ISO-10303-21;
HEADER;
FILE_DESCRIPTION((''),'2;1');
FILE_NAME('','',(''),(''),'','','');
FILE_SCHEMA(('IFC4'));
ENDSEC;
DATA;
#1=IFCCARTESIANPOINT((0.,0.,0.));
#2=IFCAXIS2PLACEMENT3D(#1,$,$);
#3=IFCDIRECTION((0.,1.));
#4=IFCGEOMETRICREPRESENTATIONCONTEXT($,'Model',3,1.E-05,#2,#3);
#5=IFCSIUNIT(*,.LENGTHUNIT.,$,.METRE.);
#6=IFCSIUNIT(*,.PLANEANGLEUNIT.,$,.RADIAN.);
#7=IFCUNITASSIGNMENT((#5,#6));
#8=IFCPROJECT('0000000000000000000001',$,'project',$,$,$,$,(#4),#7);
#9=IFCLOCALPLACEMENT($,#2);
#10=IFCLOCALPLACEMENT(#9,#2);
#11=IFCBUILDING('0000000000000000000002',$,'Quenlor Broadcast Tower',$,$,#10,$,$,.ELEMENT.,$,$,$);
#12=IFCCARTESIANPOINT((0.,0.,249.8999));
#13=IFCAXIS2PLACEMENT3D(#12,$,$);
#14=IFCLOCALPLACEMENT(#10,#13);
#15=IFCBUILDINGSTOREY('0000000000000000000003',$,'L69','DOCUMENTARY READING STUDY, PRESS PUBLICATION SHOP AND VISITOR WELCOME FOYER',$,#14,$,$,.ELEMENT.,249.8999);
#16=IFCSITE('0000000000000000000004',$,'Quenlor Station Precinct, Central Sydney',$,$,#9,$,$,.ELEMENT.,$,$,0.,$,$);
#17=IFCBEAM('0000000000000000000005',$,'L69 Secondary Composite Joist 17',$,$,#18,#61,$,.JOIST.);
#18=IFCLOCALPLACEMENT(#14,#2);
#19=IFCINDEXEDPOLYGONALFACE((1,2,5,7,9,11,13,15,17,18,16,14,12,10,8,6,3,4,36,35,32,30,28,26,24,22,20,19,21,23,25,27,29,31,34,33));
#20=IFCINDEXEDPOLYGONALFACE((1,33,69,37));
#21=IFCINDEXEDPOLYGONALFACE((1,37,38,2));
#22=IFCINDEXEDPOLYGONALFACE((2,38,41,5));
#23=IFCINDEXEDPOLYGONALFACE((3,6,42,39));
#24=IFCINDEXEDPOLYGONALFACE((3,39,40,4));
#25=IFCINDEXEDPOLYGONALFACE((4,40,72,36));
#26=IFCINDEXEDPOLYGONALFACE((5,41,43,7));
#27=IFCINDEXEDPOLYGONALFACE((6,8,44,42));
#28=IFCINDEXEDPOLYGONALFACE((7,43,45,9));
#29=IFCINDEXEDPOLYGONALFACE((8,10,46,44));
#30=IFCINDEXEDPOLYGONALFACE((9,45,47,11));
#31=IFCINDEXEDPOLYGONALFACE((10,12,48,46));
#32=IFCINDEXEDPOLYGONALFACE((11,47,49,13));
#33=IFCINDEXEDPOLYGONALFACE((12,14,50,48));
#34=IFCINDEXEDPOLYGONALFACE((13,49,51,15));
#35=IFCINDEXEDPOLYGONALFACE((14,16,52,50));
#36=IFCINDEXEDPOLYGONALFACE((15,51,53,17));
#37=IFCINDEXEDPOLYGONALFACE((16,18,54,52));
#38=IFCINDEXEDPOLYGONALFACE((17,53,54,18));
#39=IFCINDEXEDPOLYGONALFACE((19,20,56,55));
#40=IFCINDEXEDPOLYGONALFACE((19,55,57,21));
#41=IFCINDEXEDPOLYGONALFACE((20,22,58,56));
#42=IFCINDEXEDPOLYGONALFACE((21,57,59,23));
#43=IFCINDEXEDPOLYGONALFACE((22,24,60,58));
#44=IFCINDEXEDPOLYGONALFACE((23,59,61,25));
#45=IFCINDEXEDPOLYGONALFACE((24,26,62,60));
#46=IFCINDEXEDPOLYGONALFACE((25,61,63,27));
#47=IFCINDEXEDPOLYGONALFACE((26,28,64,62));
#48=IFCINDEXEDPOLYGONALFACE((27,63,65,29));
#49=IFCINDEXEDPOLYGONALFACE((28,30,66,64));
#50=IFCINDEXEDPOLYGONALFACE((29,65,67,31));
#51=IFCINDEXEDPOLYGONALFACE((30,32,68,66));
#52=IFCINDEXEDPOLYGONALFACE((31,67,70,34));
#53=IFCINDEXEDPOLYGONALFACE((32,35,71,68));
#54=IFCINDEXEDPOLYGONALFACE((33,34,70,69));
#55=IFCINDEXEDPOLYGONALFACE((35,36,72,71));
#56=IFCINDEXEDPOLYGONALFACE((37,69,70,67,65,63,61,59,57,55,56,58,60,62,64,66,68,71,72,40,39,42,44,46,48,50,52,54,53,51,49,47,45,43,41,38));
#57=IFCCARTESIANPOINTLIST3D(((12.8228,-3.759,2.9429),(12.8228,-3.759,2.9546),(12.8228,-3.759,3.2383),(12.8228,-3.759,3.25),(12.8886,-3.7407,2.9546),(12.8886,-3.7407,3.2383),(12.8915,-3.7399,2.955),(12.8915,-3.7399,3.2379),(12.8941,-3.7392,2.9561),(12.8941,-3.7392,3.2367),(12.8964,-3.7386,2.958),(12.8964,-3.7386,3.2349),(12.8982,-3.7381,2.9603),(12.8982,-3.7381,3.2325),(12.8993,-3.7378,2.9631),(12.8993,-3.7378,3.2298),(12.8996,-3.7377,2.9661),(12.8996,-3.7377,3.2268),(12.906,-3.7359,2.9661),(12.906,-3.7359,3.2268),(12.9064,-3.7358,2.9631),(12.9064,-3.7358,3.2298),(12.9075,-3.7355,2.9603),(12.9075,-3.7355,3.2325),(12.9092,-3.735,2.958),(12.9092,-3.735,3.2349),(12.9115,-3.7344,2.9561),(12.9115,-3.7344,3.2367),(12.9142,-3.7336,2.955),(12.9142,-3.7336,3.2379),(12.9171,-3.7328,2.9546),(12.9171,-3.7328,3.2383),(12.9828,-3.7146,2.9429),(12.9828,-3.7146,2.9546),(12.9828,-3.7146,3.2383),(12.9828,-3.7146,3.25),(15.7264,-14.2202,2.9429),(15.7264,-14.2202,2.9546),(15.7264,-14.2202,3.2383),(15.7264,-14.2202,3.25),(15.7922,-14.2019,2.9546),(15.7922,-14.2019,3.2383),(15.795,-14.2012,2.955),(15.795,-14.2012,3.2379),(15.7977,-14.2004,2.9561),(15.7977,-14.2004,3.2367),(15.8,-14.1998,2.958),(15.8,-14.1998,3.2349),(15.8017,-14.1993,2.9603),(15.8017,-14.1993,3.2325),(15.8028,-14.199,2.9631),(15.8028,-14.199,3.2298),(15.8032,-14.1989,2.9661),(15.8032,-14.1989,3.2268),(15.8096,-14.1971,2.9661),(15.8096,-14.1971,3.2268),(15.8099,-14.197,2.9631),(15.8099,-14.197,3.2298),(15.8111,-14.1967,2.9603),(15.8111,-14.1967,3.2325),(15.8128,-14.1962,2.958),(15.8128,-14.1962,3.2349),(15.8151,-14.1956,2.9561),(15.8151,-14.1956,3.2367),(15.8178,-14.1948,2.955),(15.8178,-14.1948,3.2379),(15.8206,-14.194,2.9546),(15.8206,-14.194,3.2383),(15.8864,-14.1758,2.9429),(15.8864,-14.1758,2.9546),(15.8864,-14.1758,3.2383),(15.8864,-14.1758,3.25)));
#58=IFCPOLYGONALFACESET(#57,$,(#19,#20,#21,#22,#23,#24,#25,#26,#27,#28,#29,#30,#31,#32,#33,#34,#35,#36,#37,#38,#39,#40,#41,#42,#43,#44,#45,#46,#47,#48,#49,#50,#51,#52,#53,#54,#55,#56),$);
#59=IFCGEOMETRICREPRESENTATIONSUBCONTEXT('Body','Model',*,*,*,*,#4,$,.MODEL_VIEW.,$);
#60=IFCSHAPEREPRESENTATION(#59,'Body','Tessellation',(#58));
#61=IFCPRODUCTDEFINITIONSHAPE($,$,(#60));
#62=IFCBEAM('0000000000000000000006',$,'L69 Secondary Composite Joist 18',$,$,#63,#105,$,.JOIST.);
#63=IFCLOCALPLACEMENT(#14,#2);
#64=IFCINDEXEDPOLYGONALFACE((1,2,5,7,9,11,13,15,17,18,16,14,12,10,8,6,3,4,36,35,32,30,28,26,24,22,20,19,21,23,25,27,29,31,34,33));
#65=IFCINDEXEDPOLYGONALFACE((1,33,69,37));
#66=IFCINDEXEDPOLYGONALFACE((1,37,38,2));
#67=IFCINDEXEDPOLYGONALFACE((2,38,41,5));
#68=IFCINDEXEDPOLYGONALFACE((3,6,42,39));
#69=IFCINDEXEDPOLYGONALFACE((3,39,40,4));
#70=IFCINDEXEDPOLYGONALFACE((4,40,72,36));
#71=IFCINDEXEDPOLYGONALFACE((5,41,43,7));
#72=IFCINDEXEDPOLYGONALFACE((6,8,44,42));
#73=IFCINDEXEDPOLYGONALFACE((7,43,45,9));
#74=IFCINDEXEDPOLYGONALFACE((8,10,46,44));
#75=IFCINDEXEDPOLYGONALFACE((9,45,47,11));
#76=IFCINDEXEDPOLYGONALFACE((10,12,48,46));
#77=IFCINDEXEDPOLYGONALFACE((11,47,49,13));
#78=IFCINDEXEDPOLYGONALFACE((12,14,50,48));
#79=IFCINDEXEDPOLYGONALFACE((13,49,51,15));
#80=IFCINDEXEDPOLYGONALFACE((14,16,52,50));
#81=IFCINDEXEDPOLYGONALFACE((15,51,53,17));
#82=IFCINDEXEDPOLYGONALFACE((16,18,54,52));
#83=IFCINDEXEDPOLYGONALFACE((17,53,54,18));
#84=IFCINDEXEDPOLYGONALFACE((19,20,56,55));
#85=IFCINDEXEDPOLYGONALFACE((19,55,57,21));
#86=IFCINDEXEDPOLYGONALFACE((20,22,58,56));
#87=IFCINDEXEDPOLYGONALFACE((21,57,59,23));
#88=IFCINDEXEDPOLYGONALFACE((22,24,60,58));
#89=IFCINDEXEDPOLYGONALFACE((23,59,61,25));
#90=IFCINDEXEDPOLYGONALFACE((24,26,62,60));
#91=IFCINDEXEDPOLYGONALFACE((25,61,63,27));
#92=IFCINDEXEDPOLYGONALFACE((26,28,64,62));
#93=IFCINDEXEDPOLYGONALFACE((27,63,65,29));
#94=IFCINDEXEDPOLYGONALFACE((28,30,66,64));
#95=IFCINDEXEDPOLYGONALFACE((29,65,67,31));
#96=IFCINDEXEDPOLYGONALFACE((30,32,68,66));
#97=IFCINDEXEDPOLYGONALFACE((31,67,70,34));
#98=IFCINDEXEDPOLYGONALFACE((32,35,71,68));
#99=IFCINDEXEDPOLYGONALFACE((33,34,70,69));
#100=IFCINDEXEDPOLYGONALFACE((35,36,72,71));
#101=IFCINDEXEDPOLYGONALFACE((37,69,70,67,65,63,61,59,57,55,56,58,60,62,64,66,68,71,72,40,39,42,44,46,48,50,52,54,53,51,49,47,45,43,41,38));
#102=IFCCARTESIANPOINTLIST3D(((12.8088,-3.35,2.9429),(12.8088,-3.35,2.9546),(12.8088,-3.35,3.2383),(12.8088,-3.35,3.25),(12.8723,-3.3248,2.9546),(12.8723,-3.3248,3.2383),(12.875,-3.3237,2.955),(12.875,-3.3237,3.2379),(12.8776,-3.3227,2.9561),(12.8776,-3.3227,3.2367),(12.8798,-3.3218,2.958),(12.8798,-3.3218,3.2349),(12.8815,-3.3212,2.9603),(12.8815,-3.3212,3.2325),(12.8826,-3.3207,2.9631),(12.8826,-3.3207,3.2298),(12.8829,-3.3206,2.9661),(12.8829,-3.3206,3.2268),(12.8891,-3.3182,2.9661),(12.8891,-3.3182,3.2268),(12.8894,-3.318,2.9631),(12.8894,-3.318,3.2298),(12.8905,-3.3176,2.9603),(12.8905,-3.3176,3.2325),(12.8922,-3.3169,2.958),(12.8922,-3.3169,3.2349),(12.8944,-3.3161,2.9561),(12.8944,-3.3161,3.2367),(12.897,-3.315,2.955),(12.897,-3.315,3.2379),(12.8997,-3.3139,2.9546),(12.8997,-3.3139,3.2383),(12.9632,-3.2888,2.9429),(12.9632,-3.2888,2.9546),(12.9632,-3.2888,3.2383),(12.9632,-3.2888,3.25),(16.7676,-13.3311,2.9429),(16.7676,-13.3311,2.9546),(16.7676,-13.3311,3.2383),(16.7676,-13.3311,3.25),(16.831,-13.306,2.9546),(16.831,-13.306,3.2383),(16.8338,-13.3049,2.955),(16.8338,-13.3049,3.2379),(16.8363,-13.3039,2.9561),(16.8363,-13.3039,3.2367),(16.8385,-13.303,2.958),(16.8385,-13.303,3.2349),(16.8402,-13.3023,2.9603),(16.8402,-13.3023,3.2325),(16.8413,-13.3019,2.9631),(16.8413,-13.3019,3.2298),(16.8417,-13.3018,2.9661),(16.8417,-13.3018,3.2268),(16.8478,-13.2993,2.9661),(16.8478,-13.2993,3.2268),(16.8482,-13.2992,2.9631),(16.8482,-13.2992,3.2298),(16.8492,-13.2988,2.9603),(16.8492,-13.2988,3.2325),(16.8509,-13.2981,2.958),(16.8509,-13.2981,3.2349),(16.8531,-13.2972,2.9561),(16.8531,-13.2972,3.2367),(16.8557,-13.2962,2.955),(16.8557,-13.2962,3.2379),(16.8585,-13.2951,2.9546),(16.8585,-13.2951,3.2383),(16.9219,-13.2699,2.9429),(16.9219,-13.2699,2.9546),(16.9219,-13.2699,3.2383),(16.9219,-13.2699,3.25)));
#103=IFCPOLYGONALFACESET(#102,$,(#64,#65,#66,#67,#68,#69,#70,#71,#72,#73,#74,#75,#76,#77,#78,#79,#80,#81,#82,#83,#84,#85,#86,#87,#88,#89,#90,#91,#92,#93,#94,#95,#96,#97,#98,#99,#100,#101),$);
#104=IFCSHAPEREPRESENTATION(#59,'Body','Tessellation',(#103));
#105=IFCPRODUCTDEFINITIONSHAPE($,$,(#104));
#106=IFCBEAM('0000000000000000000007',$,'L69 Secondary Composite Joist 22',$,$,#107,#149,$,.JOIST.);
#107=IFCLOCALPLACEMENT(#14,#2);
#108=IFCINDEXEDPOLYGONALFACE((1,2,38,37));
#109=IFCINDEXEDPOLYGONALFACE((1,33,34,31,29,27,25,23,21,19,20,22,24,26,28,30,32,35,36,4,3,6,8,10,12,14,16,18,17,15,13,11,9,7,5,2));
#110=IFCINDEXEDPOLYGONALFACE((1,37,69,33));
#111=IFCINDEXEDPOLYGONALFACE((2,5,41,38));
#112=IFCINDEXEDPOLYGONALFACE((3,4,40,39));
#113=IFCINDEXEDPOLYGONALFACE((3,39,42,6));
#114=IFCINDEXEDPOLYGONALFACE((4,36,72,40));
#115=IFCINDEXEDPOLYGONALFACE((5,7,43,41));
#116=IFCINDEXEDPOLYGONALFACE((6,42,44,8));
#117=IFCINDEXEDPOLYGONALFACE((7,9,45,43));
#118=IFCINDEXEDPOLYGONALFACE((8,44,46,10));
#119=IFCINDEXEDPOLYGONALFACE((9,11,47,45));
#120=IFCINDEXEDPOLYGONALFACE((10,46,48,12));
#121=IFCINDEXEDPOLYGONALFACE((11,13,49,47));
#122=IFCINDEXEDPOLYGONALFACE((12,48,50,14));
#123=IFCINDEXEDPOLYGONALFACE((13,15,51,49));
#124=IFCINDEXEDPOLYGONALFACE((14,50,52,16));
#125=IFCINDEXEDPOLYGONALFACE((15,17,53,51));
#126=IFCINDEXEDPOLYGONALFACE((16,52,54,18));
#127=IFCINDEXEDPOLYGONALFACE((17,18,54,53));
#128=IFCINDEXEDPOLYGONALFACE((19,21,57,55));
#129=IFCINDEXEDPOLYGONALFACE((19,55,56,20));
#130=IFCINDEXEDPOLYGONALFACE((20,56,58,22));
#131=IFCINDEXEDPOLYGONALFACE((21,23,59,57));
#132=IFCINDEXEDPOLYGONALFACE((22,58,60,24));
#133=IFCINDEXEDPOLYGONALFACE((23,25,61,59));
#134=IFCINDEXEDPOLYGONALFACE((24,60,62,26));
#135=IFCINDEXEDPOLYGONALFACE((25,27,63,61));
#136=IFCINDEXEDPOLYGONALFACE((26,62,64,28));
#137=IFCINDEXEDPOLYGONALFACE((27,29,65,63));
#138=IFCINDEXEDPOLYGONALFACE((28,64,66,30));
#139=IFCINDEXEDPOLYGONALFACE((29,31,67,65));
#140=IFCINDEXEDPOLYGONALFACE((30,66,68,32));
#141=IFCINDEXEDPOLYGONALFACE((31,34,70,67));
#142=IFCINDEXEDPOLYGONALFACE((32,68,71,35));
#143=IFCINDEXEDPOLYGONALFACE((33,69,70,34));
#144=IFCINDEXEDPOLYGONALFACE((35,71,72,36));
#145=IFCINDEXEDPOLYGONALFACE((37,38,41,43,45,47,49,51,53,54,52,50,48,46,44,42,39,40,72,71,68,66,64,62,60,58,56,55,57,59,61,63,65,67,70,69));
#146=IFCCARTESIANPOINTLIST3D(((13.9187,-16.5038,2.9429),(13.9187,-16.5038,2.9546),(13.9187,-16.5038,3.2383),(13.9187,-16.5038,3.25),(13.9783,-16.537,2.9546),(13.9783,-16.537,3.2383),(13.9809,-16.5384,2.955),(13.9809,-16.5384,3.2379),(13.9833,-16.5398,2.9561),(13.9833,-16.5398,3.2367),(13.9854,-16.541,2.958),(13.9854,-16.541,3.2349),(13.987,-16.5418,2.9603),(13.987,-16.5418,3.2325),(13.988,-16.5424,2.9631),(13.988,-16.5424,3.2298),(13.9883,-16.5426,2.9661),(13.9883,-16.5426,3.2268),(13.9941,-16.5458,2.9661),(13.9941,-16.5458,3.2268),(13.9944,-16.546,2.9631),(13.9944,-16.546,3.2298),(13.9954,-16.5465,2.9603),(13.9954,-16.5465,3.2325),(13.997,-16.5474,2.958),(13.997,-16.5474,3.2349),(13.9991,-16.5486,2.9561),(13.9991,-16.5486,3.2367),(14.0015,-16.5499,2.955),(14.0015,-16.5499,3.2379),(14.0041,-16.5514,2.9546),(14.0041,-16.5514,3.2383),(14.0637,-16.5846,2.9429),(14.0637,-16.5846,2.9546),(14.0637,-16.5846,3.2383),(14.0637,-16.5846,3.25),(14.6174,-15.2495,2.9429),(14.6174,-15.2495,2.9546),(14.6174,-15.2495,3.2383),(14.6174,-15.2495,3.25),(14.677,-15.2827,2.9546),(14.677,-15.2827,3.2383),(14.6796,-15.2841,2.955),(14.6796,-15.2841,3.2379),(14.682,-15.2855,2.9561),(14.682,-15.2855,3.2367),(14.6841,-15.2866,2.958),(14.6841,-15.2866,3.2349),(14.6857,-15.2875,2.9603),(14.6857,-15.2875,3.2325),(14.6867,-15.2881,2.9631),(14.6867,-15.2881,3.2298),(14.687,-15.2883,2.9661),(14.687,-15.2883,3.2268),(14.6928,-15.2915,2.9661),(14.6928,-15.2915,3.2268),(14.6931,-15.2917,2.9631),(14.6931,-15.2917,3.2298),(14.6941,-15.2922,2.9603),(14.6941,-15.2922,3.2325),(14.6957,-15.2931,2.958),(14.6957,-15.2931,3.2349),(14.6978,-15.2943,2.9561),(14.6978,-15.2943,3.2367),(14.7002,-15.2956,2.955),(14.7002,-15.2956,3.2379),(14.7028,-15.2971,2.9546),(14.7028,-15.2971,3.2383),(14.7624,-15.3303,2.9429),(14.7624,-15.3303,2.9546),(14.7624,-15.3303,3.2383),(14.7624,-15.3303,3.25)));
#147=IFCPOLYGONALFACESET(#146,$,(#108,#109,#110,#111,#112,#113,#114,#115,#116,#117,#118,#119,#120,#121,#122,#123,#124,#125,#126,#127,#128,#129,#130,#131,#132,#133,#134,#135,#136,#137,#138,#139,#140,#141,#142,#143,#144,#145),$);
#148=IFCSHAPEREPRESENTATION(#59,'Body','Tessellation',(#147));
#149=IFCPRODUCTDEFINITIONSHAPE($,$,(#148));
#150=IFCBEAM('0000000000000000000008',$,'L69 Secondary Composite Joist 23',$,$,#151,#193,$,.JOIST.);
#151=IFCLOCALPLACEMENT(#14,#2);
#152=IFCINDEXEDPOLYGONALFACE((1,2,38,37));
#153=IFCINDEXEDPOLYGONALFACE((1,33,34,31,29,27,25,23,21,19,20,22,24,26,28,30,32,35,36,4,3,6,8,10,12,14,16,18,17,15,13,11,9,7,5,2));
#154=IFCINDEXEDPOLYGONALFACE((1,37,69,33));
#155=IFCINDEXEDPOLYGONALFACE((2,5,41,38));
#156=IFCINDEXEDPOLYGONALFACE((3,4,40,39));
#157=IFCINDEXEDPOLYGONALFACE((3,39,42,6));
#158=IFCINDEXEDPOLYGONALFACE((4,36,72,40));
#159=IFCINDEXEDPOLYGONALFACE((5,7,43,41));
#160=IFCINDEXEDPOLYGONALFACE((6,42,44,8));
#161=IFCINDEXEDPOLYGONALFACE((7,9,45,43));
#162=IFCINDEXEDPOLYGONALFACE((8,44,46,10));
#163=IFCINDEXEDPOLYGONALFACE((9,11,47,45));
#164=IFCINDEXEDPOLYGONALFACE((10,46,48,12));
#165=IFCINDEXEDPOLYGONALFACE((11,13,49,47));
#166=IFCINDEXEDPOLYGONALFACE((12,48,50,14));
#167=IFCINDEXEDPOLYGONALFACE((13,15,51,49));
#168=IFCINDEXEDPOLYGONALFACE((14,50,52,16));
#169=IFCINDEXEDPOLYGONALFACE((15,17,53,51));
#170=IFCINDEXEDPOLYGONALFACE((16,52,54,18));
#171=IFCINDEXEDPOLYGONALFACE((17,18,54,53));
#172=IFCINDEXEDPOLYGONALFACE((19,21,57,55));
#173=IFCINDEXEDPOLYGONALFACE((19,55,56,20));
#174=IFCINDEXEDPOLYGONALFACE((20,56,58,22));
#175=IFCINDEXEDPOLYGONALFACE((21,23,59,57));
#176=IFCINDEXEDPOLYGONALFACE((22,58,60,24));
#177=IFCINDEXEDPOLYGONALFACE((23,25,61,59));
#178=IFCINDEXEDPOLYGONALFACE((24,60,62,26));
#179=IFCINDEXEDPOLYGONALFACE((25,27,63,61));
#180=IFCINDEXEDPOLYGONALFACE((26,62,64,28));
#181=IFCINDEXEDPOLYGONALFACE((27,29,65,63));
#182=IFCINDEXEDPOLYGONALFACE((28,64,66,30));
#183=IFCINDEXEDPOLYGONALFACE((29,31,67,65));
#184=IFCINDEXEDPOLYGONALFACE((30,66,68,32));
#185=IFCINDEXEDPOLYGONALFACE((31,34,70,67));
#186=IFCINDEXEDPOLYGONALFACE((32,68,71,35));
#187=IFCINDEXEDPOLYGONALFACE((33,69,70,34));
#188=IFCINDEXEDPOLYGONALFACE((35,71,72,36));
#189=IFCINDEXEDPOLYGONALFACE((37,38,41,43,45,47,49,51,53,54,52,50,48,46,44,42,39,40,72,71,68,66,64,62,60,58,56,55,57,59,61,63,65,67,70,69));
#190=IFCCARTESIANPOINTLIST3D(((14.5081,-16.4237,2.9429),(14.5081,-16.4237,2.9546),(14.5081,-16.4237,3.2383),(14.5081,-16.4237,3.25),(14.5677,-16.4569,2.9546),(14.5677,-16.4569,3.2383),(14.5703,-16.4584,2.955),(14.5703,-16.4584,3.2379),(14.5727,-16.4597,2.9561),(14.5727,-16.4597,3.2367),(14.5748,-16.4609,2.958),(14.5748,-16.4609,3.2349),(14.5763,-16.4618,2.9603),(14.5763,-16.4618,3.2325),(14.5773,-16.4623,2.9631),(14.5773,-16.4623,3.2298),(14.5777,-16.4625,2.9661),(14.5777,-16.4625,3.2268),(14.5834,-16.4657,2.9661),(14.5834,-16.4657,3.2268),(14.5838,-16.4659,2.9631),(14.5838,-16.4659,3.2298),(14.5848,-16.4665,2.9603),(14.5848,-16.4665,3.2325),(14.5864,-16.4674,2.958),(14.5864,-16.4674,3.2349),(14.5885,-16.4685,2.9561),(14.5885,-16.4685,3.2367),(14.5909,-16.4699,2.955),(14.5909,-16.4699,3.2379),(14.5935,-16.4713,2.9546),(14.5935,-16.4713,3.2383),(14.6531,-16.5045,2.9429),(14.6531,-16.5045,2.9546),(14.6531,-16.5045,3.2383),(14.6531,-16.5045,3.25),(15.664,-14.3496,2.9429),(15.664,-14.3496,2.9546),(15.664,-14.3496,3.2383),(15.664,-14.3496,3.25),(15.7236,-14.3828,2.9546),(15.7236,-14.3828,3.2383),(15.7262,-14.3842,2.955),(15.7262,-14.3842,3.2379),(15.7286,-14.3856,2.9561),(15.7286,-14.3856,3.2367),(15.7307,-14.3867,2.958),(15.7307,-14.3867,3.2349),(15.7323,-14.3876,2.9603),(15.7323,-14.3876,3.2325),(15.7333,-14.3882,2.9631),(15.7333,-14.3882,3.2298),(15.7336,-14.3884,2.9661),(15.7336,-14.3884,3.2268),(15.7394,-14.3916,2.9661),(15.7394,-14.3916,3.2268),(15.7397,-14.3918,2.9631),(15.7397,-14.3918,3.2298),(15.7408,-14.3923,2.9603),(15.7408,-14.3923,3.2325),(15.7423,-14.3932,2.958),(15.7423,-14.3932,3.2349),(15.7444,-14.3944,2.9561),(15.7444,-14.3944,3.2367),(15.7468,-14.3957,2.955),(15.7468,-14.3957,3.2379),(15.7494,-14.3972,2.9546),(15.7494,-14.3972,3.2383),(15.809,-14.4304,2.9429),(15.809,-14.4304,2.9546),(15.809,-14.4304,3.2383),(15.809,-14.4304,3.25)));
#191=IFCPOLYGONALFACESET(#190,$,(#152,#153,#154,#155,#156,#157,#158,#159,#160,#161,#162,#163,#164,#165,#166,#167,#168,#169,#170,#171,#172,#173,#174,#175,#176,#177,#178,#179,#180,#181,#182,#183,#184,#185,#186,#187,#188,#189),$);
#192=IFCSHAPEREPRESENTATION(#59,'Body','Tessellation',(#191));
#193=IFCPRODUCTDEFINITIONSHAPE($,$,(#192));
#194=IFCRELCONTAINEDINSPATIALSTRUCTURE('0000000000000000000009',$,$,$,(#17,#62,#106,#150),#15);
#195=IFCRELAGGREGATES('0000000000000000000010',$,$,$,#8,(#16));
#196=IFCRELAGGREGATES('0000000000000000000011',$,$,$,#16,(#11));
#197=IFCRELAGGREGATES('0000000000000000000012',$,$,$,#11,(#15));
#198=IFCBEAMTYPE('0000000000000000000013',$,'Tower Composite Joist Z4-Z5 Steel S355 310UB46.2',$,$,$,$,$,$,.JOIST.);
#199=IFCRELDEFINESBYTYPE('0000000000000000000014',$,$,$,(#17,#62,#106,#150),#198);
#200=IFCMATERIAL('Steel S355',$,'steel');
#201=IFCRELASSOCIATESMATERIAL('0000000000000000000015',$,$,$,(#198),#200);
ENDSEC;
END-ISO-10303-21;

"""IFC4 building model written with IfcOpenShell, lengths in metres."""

from ifc_helpers import new_model, si_unit, direction, frame, origin, origin_2d, place, context, subcontext, project, spatial, i_section, extrude, material, material_profile, profile_set, type_object, element, save


model = new_model("IFC4")

# Units and contexts
model_context = context("Model", 3, precision=1e-05, world=origin(), true_north=direction((0.0, 1.0)))
body_context = subcontext(model_context, "Body", "Model", "MODEL_VIEW")
ifc_project = project(units=[si_unit("LENGTHUNIT", "METRE"), si_unit("PLANEANGLEUNIT", "RADIAN")], contexts=[model_context])

# Site, building, storey
site_placement = place(None, origin())
site = spatial("IfcSite", under=ifc_project, at=site_placement, Name="Quenlor Station Precinct, Central Sydney", CompositionType="ELEMENT", RefElevation=0.0)
building_placement = place(site_placement, origin())
building = spatial("IfcBuilding", under=site, at=building_placement, Name="Quenlor Broadcast Tower", CompositionType="ELEMENT")
storey_placement = place(building_placement, frame((0.0, 0.0, 249.8999)))
storey = spatial("IfcBuildingStorey", under=building, at=storey_placement, Name="L69", Description="DOCUMENTARY READING STUDY, PRESS PUBLICATION SHOP AND VISITOR WELCOME FOYER", CompositionType="ELEMENT", Elevation=249.8999)

# Beams
ifc_material_1 = material(Name="Steel S355", Category="steel")
ifc_material_profile_1 = material_profile(ifc_material_1, i_section(OverallWidth=0.166, OverallDepth=0.3071, WebThickness=0.0066, FlangeThickness=0.0117, FilletRadius=0.0115, at=origin_2d()))
ifc_profile_set_1 = profile_set([ifc_material_profile_1], Name="Steel S355 310UB46.2")
beam_type_1 = type_object("IfcBeamType", Name="Tower Composite Joist Z4-Z5 Steel S355 310UB46.2", PredefinedType="JOIST", material=ifc_profile_set_1)
beam_1_placement = place(storey_placement, frame((15.8064, -14.198, 3.0964), z_axis=(-0.267446, 0.963573, 0.0), x_axis=(-0.963573, -0.267446, 0.0)))
element("IfcBeam", 1, at=beam_1_placement, inside=storey, type_object=beam_type_1, Name="L69 Secondary Composite Joist 17", PredefinedType="JOIST", context=body_context, shape_type="SweptSolid", body=[
    extrude(i_section(OverallWidth=0.166, OverallDepth=0.3071, WebThickness=0.0066, FlangeThickness=0.0117, FilletRadius=0.0115, at=origin_2d()), origin(), (0.0, 0.0, 1.0), 10.8567),
])
beam_2_placement = place(storey_placement, frame((16.8447, -13.3005, 3.0964), z_axis=(-0.36868, 0.929556, 0.0), x_axis=(-0.929556, -0.36868, 0.0)))
element("IfcBeam", 2, at=beam_2_placement, inside=storey, type_object=beam_type_1, Name="L69 Secondary Composite Joist 18", PredefinedType="JOIST", context=body_context, shape_type="SweptSolid", body=[
    extrude(i_section(OverallWidth=0.166, OverallDepth=0.3071, WebThickness=0.0066, FlangeThickness=0.0117, FilletRadius=0.0115, at=origin_2d()), origin(), (0.0, 0.0, 1.0), 10.7375),
])
beam_3_placement = place(storey_placement, frame((13.9912, -16.5442, 3.0964), z_axis=(0.486624, 0.873611, 0.0), x_axis=(-0.873611, 0.486624, 0.0)))
element("IfcBeam", 3, at=beam_3_placement, inside=storey, type_object=beam_type_1, Name="L69 Secondary Composite Joist 22", PredefinedType="JOIST", context=body_context, shape_type="SweptSolid", body=[
    extrude(i_section(OverallWidth=0.166, OverallDepth=0.3071, WebThickness=0.0066, FlangeThickness=0.0117, FilletRadius=0.0115, at=origin_2d()), origin(), (0.0, 0.0, 1.0), 1.4358),
])
beam_4_placement = place(storey_placement, frame((14.5806, -16.4641, 3.0964), z_axis=(0.486821, 0.873502, 0.0), x_axis=(-0.873502, 0.486821, 0.0)))
element("IfcBeam", 4, at=beam_4_placement, inside=storey, type_object=beam_type_1, Name="L69 Secondary Composite Joist 23", PredefinedType="JOIST", context=body_context, shape_type="SweptSolid", body=[
    extrude(i_section(OverallWidth=0.166, OverallDepth=0.3071, WebThickness=0.0066, FlangeThickness=0.0117, FilletRadius=0.0115, at=origin_2d()), origin(), (0.0, 0.0, 1.0), 2.3745),
])

save(model, "model.ifc")
